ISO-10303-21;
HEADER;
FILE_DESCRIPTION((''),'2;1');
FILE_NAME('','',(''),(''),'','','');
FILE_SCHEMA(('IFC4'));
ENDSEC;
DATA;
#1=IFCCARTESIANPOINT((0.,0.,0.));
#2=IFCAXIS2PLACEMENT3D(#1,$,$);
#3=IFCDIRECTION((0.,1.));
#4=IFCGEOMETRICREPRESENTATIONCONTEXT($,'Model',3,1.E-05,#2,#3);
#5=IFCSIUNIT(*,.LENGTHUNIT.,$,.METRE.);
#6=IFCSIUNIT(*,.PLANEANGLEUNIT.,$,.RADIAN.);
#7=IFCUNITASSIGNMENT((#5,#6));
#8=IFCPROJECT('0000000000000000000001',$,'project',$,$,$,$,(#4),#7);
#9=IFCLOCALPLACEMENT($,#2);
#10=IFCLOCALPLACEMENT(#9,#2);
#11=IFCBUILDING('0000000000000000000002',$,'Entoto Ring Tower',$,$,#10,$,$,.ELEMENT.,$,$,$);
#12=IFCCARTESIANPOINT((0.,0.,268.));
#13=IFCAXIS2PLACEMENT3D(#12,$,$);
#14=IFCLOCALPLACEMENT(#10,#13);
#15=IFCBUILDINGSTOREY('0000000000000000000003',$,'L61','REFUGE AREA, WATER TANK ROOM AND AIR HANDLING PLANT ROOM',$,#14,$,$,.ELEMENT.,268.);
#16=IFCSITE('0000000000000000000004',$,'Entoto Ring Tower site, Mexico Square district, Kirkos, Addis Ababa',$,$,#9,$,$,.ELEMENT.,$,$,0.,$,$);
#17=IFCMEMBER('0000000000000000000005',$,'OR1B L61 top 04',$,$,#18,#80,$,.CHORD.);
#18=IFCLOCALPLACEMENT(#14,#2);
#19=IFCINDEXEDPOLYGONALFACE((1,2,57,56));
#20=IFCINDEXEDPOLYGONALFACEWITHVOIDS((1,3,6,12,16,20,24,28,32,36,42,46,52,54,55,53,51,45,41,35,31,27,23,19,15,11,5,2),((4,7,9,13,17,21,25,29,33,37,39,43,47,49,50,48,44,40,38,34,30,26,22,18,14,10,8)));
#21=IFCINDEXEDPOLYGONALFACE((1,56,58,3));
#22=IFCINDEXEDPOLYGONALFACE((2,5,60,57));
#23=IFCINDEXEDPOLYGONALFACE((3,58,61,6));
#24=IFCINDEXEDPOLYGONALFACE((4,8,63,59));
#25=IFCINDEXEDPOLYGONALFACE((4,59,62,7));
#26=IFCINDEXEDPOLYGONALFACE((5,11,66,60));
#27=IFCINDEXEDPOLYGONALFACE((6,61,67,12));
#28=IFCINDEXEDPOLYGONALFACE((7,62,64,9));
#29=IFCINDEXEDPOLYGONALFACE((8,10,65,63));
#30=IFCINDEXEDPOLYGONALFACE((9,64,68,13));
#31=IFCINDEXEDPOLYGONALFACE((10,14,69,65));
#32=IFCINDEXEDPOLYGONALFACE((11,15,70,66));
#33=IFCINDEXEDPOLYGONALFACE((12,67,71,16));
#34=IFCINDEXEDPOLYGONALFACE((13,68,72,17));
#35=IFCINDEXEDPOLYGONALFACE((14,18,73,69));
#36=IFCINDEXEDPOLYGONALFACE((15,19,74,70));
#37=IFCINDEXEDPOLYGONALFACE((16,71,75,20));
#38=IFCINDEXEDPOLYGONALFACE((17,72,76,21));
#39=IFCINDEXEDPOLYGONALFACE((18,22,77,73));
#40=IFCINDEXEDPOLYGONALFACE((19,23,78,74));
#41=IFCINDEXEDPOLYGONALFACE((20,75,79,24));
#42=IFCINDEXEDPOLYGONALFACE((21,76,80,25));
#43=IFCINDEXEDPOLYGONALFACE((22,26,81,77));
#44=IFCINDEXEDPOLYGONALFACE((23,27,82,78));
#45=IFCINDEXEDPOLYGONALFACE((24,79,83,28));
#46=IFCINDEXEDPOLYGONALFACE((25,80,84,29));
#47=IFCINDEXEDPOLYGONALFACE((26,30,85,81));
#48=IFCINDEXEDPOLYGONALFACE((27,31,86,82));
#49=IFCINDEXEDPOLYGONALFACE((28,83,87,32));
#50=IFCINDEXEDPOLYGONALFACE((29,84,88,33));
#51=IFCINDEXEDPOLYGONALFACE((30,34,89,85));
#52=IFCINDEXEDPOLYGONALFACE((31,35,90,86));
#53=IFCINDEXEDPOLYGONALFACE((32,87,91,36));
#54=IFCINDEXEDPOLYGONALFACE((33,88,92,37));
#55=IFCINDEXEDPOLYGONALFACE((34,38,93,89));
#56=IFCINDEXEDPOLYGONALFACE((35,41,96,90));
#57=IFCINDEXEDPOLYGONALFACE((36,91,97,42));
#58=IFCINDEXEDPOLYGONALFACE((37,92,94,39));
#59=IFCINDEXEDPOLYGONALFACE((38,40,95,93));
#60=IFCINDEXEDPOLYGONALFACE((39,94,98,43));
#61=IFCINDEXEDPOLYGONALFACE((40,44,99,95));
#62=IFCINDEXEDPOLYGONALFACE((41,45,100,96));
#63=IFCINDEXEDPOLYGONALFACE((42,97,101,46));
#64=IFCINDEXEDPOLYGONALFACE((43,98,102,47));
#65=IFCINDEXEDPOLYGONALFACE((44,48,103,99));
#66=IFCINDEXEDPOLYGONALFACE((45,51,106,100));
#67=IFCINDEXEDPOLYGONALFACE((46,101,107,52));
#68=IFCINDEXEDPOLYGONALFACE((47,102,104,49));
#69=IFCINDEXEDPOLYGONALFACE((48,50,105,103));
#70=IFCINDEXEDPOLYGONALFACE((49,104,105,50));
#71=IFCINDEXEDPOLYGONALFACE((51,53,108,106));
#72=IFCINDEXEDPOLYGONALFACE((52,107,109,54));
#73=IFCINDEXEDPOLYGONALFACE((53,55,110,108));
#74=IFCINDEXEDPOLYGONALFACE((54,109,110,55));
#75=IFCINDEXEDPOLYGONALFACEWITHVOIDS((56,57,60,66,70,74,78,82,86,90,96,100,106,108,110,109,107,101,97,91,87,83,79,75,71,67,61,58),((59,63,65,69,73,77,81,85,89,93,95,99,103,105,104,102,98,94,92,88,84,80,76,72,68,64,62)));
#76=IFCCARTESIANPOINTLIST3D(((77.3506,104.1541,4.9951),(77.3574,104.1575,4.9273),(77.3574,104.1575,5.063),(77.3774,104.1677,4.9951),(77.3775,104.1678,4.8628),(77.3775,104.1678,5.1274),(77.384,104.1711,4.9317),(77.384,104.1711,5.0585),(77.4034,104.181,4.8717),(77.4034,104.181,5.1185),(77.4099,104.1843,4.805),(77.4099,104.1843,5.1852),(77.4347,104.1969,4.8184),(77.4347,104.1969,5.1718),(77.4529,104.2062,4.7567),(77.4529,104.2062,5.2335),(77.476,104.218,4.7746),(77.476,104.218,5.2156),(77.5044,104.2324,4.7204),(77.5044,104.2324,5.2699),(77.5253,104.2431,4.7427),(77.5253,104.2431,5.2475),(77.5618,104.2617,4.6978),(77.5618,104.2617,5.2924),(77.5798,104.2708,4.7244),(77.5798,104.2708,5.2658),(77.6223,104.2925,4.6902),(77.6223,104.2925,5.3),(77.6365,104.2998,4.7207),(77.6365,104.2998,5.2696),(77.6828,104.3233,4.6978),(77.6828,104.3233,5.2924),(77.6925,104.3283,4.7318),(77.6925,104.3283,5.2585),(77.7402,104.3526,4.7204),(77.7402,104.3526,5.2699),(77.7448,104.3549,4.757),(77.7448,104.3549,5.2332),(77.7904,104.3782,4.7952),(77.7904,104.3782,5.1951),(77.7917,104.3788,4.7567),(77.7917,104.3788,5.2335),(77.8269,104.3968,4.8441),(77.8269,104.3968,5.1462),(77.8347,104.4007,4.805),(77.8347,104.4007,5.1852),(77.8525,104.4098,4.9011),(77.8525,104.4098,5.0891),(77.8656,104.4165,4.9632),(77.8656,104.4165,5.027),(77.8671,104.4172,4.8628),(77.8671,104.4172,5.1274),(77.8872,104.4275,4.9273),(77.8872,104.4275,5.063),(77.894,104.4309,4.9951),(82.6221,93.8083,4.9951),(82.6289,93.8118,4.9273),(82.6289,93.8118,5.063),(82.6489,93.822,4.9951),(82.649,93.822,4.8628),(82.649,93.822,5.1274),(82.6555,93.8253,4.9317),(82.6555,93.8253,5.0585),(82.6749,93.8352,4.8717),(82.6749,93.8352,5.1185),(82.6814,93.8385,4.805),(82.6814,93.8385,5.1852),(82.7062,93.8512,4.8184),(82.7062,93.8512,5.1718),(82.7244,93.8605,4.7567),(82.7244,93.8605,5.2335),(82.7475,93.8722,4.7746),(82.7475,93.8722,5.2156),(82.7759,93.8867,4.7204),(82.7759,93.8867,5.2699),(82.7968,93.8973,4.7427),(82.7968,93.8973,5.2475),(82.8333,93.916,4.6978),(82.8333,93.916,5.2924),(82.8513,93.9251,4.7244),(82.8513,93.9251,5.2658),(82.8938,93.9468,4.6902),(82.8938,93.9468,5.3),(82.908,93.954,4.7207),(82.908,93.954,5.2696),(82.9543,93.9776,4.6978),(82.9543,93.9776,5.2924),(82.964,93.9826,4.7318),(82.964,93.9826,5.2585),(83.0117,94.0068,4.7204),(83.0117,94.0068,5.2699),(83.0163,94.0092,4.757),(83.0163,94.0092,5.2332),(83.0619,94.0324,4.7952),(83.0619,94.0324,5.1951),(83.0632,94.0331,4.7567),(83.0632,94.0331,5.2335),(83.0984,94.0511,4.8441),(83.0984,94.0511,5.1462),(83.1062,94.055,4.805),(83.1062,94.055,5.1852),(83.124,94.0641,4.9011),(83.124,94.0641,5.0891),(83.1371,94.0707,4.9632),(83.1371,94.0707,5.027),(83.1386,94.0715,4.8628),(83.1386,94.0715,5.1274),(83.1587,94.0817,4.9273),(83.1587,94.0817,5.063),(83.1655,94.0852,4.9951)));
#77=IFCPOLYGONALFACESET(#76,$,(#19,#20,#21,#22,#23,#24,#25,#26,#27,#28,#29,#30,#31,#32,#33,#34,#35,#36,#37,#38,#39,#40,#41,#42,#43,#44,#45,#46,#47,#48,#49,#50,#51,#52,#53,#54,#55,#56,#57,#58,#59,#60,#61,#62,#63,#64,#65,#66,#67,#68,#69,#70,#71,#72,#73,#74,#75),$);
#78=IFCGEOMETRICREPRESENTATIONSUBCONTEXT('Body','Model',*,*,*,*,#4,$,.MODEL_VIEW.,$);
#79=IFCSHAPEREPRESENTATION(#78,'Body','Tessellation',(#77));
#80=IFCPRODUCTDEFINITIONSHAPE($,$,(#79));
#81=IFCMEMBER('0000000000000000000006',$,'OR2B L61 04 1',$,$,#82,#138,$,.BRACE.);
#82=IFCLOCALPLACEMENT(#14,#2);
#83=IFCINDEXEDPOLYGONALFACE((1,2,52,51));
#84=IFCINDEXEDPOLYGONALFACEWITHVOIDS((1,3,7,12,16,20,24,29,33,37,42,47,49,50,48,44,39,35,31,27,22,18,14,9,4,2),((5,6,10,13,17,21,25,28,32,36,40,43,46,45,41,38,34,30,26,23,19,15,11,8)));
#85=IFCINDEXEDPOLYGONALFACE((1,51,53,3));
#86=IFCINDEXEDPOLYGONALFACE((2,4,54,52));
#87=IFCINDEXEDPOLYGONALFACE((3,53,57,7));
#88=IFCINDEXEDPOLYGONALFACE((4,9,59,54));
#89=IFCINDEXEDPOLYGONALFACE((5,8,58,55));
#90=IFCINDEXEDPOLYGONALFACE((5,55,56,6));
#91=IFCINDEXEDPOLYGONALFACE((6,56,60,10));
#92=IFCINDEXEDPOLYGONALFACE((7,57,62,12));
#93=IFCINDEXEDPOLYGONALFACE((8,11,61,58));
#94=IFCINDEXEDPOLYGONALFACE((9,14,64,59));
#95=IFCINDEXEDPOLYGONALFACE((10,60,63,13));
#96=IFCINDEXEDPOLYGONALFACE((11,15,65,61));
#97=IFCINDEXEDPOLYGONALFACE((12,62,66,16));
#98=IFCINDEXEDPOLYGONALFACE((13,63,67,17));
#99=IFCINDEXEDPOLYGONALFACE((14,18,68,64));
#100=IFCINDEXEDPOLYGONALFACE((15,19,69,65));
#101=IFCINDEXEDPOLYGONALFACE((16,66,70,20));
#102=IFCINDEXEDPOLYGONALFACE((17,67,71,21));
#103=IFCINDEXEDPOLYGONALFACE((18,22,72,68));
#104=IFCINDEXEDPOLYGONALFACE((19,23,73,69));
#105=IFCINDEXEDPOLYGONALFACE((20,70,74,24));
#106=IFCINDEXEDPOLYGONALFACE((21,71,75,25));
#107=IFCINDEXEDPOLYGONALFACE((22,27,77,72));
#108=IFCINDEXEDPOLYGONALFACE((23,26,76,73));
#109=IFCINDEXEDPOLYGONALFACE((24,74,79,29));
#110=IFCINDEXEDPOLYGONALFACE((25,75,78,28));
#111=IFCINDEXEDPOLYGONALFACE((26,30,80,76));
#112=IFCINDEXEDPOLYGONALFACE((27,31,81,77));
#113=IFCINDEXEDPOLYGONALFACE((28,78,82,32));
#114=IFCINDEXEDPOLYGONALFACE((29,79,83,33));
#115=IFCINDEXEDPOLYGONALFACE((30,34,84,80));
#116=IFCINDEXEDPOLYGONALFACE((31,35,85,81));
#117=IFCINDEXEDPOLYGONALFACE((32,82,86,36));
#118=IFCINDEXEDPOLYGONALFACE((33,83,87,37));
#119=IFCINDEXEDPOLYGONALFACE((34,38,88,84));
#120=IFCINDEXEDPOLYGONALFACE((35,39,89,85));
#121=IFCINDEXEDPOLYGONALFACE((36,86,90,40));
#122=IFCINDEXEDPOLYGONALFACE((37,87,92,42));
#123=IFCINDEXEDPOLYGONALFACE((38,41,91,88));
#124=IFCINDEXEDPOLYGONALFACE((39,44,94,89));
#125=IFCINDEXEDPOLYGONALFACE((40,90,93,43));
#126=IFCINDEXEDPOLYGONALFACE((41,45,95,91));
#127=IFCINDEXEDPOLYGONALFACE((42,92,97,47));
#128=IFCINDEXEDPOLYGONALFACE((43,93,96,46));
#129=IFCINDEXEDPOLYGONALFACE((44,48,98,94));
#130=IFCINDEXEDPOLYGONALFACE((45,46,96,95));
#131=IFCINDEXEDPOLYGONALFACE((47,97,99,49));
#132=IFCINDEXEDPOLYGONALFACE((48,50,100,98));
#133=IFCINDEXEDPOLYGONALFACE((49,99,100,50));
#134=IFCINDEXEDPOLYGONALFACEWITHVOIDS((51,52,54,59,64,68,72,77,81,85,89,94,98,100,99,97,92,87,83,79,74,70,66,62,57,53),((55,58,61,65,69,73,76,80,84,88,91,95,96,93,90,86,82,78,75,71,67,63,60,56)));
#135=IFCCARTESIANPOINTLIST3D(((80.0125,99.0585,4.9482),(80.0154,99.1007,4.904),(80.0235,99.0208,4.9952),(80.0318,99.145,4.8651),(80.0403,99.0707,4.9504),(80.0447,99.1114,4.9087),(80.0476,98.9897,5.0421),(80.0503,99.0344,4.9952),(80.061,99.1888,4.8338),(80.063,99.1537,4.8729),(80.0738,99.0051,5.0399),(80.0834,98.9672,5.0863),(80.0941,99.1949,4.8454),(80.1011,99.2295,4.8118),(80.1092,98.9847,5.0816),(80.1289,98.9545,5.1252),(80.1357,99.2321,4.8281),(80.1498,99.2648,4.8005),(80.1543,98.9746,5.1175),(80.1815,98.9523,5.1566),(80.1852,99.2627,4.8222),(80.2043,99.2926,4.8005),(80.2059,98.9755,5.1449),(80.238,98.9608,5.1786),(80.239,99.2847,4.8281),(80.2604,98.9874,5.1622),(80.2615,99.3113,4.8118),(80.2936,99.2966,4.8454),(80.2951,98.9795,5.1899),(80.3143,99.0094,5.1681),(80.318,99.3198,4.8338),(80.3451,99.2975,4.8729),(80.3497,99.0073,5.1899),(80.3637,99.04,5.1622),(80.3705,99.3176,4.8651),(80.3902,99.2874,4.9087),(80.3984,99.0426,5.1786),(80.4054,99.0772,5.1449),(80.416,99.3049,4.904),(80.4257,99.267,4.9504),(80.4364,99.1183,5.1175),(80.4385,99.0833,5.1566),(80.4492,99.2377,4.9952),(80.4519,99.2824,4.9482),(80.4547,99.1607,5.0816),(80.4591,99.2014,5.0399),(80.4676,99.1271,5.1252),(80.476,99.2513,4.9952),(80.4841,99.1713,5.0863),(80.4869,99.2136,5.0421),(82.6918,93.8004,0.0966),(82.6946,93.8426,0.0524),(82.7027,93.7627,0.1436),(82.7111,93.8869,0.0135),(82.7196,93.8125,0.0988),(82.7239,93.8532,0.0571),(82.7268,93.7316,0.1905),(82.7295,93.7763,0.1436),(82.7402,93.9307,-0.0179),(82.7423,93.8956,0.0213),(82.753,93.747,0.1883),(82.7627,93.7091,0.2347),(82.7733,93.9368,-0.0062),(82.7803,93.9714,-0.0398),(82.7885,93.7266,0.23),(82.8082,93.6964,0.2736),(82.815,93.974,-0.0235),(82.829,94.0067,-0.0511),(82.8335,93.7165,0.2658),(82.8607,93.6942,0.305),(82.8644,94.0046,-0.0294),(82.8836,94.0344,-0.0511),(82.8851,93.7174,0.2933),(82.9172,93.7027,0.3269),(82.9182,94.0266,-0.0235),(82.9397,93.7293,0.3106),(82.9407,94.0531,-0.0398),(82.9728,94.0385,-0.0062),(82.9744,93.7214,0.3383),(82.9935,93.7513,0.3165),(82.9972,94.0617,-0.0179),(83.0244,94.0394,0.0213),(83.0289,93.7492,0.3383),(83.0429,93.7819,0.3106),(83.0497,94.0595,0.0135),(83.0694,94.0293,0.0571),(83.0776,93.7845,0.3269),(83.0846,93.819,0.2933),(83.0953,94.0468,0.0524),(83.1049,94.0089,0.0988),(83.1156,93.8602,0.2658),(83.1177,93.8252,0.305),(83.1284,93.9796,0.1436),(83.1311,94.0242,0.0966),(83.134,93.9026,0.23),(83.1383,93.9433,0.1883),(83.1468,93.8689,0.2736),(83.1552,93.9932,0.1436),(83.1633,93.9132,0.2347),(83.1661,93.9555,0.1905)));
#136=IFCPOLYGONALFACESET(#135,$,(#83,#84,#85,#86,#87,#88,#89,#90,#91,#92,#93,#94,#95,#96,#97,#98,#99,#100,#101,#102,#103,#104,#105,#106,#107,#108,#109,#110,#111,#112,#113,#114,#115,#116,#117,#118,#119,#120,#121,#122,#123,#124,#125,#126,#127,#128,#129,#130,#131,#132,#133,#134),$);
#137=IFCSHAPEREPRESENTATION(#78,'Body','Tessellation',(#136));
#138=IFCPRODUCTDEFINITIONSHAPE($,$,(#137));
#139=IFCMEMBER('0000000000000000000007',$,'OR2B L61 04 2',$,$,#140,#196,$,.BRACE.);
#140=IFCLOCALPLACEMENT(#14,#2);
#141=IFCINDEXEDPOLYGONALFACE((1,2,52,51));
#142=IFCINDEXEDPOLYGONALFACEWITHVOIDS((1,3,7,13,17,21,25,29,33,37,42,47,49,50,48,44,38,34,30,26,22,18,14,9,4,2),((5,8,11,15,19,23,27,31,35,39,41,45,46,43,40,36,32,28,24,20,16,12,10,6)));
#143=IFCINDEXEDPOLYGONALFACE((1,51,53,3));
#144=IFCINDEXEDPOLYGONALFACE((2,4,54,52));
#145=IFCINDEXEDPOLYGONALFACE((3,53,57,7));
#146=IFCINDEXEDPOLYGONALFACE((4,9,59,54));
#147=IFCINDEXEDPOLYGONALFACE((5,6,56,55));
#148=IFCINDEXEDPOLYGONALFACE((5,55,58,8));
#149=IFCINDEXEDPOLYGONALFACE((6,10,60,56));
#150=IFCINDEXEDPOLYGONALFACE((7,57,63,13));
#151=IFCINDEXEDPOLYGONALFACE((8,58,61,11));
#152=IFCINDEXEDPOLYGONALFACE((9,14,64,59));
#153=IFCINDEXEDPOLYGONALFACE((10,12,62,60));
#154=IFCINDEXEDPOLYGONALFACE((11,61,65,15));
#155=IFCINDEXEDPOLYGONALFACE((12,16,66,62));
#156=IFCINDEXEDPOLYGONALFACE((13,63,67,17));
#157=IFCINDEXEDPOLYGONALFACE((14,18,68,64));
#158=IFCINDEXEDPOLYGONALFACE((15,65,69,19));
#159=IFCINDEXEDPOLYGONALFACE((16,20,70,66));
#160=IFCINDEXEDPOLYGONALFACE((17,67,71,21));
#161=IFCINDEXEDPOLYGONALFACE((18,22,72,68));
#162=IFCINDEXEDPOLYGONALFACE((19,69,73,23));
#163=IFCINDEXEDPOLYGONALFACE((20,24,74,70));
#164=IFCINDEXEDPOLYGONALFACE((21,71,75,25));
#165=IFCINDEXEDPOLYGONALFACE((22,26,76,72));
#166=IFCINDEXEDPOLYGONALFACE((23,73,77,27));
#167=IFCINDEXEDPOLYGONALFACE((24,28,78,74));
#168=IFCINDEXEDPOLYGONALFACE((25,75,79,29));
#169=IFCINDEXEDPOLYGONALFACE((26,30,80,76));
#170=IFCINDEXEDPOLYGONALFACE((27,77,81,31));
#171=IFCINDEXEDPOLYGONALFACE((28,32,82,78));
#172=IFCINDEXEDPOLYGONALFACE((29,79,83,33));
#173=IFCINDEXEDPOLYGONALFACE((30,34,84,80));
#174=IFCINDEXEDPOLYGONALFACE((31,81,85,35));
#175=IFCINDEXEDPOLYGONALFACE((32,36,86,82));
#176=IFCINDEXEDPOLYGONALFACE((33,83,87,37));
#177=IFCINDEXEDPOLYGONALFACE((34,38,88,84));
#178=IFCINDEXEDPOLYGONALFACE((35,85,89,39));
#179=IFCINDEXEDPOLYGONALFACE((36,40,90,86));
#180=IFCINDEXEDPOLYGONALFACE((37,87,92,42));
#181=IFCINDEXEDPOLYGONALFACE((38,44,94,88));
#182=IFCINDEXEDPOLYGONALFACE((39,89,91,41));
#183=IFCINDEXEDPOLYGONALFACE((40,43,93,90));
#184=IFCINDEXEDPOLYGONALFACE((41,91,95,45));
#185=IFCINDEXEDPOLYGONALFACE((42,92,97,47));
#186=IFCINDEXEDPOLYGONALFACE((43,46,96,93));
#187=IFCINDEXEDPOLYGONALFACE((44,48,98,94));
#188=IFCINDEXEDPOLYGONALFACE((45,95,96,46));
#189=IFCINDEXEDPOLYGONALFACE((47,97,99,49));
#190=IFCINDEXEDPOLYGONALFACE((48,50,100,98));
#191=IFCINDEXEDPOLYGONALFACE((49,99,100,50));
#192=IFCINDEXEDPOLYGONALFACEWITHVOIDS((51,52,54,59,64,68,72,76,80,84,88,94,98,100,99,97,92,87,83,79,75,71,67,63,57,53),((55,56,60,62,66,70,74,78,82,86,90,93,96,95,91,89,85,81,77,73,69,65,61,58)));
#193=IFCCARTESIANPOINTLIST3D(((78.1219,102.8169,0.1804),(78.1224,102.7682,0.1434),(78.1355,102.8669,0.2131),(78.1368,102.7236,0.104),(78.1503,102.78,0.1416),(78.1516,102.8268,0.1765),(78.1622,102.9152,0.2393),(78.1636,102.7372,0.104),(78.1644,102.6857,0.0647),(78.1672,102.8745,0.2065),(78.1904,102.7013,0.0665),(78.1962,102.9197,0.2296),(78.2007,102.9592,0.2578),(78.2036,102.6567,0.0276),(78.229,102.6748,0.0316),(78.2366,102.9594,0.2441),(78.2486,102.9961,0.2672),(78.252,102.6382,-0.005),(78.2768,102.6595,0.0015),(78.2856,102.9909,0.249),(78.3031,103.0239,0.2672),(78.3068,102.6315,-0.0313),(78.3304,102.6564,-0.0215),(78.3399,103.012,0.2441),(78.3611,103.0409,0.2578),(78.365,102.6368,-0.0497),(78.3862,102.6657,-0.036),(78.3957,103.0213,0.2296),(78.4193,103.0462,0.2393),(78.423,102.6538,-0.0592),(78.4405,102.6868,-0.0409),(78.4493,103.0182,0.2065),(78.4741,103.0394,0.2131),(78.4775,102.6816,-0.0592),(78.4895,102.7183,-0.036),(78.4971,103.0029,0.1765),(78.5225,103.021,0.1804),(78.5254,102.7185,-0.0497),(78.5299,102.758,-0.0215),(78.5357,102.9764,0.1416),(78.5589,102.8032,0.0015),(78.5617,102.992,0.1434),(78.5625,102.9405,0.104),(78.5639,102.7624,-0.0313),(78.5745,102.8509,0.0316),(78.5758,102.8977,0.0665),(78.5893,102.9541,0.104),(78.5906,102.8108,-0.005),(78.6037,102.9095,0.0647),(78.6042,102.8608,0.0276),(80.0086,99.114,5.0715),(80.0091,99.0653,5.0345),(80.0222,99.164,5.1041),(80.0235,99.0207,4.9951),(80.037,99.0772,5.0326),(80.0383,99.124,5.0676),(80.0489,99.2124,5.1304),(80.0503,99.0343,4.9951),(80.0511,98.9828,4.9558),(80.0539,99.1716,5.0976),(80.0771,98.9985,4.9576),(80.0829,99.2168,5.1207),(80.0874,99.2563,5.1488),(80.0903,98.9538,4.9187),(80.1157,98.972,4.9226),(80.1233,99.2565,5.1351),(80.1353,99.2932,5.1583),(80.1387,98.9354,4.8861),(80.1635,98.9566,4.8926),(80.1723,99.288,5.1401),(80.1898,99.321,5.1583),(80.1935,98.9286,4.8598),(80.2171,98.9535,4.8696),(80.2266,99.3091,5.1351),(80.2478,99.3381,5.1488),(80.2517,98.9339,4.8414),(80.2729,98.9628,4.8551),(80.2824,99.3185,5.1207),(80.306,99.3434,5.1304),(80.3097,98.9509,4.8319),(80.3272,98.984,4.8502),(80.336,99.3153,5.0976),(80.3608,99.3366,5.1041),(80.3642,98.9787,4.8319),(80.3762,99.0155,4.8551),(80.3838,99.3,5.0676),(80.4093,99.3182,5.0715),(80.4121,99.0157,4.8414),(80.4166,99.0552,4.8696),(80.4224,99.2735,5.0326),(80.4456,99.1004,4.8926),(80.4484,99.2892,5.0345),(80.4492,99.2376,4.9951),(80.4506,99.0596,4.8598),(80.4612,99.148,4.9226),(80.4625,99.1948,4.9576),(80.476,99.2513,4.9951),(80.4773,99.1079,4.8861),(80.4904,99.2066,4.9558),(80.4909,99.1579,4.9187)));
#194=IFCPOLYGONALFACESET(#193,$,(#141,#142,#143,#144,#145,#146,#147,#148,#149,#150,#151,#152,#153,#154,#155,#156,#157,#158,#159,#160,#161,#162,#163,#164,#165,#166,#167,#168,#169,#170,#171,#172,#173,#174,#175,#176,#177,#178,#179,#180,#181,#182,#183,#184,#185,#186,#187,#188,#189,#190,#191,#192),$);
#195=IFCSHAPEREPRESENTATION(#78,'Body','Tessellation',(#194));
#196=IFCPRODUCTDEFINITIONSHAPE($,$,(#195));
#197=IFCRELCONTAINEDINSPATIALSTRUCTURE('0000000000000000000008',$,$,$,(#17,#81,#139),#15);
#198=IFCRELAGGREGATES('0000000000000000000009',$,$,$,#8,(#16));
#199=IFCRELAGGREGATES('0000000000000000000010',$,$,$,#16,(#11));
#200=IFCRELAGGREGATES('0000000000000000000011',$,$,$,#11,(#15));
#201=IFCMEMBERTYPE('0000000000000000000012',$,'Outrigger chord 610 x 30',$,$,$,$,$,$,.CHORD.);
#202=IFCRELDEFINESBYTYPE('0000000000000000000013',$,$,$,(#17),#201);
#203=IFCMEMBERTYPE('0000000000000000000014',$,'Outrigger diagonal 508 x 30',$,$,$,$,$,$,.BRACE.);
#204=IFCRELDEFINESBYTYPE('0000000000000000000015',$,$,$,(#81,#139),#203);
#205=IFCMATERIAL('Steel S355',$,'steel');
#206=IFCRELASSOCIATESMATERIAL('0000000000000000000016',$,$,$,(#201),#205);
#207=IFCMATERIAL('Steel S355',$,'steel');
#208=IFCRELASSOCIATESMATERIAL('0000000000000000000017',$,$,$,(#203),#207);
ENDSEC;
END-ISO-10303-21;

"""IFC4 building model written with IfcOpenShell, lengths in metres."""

from ifc_helpers import new_model, si_unit, direction, frame, origin, origin_2d, place, context, subcontext, project, spatial, circle, hollow_circle, extrude, material, material_profile, profile_set, type_object, element, save


model = new_model("IFC4")

# Units and contexts
model_context = context("Model", 3, precision=1e-05, world=origin(), true_north=direction((0.0, 1.0)))
body_context = subcontext(model_context, "Body", "Model", "MODEL_VIEW")
ifc_project = project(units=[si_unit("LENGTHUNIT", "METRE"), si_unit("PLANEANGLEUNIT", "RADIAN")], contexts=[model_context])

# Site, building, storey
site_placement = place(None, origin())
site = spatial("IfcSite", under=ifc_project, at=site_placement, Name="Entoto Ring Tower site, Mexico Square district, Kirkos, Addis Ababa", CompositionType="ELEMENT", RefElevation=0.0)
building_placement = place(site_placement, origin())
building = spatial("IfcBuilding", under=site, at=building_placement, Name="Entoto Ring Tower", CompositionType="ELEMENT")
storey_placement = place(building_placement, frame((0.0, 0.0, 268.0)))
storey = spatial("IfcBuildingStorey", under=building, at=storey_placement, Name="L61", Description="REFUGE AREA, WATER TANK ROOM AND AIR HANDLING PLANT ROOM", CompositionType="ELEMENT", Elevation=268.0)

# Members
ifc_material_1 = material(Name="Steel S355", Category="steel")
ifc_material_profile_1 = material_profile(ifc_material_1, hollow_circle(Radius=0.3049, WallThickness=0.03, at=origin_2d()), Name="CHS 610 x 30")
ifc_material_2 = material(Name="Concrete C60/75", Category="concrete")
ifc_material_profile_2 = material_profile(ifc_material_2, circle(Radius=0.2749, at=origin_2d()), Name="Concrete C60/75 infill")
ifc_profile_set_1 = profile_set([ifc_material_profile_1, ifc_material_profile_2], Name="Steel S355")
member_type_1 = type_object("IfcMemberType", Name="Outrigger chord 610 x 30", PredefinedType="CHORD", material=ifc_profile_set_1)
member_1_placement = place(storey_placement, frame((82.8938, 93.9468, 4.9951), z_axis=(-0.453996, 0.891004, 0.0), x_axis=(-0.891004, -0.453996, 0.0)))
element("IfcMember", 1, at=member_1_placement, inside=storey, type_object=member_type_1, Name="OR1B L61 top 04", PredefinedType="CHORD", context=body_context, shape_type="SweptSolid", body=[
    extrude(hollow_circle(Radius=0.3049, WallThickness=0.03, at=origin_2d()), origin(), (0.0, 0.0, 1.0), 11.6113),
])
ifc_material_3 = material(Name="Steel S355", Category="steel")
ifc_material_profile_3 = material_profile(ifc_material_3, hollow_circle(Radius=0.2539, WallThickness=0.03, at=origin_2d()), Name="CHS 508 x 30")
ifc_material_4 = material(Name="Concrete C60/75", Category="concrete")
ifc_material_profile_4 = material_profile(ifc_material_4, circle(Radius=0.2241, at=origin_2d()), Name="Concrete C60/75 infill")
ifc_profile_set_2 = profile_set([ifc_material_profile_3, ifc_material_profile_4], Name="Steel S355")
member_type_2 = type_object("IfcMemberType", Name="Outrigger diagonal 508 x 30", PredefinedType="BRACE", material=ifc_profile_set_2)
member_2_placement = place(storey_placement, frame((82.929, 93.8779, 0.1436), z_axis=(-0.350701, 0.688267, 0.635058), x_axis=(-0.891001, -0.454002, 0.0)))
element("IfcMember", 2, at=member_2_placement, inside=storey, type_object=member_type_2, Name="OR2B L61 04 1", PredefinedType="BRACE", context=body_context, shape_type="SweptSolid", body=[
    extrude(hollow_circle(Radius=0.2539, WallThickness=0.03, at=origin_2d()), origin(), (0.0, 0.0, 1.0), 7.6396),
])
member_3_placement = place(storey_placement, frame((80.2498, 99.136, 4.9951), z_axis=(-0.293961, 0.576929, -0.762063), x_axis=(-0.891006, -0.453992, 0.0)))
element("IfcMember", 3, at=member_3_placement, inside=storey, type_object=member_type_2, Name="OR2B L61 04 2", PredefinedType="BRACE", context=body_context, shape_type="SweptSolid", body=[
    extrude(hollow_circle(Radius=0.2539, WallThickness=0.03, at=origin_2d()), origin(), (0.0, 0.0, 1.0), 6.4182),
])

save(model, "model.ifc")
